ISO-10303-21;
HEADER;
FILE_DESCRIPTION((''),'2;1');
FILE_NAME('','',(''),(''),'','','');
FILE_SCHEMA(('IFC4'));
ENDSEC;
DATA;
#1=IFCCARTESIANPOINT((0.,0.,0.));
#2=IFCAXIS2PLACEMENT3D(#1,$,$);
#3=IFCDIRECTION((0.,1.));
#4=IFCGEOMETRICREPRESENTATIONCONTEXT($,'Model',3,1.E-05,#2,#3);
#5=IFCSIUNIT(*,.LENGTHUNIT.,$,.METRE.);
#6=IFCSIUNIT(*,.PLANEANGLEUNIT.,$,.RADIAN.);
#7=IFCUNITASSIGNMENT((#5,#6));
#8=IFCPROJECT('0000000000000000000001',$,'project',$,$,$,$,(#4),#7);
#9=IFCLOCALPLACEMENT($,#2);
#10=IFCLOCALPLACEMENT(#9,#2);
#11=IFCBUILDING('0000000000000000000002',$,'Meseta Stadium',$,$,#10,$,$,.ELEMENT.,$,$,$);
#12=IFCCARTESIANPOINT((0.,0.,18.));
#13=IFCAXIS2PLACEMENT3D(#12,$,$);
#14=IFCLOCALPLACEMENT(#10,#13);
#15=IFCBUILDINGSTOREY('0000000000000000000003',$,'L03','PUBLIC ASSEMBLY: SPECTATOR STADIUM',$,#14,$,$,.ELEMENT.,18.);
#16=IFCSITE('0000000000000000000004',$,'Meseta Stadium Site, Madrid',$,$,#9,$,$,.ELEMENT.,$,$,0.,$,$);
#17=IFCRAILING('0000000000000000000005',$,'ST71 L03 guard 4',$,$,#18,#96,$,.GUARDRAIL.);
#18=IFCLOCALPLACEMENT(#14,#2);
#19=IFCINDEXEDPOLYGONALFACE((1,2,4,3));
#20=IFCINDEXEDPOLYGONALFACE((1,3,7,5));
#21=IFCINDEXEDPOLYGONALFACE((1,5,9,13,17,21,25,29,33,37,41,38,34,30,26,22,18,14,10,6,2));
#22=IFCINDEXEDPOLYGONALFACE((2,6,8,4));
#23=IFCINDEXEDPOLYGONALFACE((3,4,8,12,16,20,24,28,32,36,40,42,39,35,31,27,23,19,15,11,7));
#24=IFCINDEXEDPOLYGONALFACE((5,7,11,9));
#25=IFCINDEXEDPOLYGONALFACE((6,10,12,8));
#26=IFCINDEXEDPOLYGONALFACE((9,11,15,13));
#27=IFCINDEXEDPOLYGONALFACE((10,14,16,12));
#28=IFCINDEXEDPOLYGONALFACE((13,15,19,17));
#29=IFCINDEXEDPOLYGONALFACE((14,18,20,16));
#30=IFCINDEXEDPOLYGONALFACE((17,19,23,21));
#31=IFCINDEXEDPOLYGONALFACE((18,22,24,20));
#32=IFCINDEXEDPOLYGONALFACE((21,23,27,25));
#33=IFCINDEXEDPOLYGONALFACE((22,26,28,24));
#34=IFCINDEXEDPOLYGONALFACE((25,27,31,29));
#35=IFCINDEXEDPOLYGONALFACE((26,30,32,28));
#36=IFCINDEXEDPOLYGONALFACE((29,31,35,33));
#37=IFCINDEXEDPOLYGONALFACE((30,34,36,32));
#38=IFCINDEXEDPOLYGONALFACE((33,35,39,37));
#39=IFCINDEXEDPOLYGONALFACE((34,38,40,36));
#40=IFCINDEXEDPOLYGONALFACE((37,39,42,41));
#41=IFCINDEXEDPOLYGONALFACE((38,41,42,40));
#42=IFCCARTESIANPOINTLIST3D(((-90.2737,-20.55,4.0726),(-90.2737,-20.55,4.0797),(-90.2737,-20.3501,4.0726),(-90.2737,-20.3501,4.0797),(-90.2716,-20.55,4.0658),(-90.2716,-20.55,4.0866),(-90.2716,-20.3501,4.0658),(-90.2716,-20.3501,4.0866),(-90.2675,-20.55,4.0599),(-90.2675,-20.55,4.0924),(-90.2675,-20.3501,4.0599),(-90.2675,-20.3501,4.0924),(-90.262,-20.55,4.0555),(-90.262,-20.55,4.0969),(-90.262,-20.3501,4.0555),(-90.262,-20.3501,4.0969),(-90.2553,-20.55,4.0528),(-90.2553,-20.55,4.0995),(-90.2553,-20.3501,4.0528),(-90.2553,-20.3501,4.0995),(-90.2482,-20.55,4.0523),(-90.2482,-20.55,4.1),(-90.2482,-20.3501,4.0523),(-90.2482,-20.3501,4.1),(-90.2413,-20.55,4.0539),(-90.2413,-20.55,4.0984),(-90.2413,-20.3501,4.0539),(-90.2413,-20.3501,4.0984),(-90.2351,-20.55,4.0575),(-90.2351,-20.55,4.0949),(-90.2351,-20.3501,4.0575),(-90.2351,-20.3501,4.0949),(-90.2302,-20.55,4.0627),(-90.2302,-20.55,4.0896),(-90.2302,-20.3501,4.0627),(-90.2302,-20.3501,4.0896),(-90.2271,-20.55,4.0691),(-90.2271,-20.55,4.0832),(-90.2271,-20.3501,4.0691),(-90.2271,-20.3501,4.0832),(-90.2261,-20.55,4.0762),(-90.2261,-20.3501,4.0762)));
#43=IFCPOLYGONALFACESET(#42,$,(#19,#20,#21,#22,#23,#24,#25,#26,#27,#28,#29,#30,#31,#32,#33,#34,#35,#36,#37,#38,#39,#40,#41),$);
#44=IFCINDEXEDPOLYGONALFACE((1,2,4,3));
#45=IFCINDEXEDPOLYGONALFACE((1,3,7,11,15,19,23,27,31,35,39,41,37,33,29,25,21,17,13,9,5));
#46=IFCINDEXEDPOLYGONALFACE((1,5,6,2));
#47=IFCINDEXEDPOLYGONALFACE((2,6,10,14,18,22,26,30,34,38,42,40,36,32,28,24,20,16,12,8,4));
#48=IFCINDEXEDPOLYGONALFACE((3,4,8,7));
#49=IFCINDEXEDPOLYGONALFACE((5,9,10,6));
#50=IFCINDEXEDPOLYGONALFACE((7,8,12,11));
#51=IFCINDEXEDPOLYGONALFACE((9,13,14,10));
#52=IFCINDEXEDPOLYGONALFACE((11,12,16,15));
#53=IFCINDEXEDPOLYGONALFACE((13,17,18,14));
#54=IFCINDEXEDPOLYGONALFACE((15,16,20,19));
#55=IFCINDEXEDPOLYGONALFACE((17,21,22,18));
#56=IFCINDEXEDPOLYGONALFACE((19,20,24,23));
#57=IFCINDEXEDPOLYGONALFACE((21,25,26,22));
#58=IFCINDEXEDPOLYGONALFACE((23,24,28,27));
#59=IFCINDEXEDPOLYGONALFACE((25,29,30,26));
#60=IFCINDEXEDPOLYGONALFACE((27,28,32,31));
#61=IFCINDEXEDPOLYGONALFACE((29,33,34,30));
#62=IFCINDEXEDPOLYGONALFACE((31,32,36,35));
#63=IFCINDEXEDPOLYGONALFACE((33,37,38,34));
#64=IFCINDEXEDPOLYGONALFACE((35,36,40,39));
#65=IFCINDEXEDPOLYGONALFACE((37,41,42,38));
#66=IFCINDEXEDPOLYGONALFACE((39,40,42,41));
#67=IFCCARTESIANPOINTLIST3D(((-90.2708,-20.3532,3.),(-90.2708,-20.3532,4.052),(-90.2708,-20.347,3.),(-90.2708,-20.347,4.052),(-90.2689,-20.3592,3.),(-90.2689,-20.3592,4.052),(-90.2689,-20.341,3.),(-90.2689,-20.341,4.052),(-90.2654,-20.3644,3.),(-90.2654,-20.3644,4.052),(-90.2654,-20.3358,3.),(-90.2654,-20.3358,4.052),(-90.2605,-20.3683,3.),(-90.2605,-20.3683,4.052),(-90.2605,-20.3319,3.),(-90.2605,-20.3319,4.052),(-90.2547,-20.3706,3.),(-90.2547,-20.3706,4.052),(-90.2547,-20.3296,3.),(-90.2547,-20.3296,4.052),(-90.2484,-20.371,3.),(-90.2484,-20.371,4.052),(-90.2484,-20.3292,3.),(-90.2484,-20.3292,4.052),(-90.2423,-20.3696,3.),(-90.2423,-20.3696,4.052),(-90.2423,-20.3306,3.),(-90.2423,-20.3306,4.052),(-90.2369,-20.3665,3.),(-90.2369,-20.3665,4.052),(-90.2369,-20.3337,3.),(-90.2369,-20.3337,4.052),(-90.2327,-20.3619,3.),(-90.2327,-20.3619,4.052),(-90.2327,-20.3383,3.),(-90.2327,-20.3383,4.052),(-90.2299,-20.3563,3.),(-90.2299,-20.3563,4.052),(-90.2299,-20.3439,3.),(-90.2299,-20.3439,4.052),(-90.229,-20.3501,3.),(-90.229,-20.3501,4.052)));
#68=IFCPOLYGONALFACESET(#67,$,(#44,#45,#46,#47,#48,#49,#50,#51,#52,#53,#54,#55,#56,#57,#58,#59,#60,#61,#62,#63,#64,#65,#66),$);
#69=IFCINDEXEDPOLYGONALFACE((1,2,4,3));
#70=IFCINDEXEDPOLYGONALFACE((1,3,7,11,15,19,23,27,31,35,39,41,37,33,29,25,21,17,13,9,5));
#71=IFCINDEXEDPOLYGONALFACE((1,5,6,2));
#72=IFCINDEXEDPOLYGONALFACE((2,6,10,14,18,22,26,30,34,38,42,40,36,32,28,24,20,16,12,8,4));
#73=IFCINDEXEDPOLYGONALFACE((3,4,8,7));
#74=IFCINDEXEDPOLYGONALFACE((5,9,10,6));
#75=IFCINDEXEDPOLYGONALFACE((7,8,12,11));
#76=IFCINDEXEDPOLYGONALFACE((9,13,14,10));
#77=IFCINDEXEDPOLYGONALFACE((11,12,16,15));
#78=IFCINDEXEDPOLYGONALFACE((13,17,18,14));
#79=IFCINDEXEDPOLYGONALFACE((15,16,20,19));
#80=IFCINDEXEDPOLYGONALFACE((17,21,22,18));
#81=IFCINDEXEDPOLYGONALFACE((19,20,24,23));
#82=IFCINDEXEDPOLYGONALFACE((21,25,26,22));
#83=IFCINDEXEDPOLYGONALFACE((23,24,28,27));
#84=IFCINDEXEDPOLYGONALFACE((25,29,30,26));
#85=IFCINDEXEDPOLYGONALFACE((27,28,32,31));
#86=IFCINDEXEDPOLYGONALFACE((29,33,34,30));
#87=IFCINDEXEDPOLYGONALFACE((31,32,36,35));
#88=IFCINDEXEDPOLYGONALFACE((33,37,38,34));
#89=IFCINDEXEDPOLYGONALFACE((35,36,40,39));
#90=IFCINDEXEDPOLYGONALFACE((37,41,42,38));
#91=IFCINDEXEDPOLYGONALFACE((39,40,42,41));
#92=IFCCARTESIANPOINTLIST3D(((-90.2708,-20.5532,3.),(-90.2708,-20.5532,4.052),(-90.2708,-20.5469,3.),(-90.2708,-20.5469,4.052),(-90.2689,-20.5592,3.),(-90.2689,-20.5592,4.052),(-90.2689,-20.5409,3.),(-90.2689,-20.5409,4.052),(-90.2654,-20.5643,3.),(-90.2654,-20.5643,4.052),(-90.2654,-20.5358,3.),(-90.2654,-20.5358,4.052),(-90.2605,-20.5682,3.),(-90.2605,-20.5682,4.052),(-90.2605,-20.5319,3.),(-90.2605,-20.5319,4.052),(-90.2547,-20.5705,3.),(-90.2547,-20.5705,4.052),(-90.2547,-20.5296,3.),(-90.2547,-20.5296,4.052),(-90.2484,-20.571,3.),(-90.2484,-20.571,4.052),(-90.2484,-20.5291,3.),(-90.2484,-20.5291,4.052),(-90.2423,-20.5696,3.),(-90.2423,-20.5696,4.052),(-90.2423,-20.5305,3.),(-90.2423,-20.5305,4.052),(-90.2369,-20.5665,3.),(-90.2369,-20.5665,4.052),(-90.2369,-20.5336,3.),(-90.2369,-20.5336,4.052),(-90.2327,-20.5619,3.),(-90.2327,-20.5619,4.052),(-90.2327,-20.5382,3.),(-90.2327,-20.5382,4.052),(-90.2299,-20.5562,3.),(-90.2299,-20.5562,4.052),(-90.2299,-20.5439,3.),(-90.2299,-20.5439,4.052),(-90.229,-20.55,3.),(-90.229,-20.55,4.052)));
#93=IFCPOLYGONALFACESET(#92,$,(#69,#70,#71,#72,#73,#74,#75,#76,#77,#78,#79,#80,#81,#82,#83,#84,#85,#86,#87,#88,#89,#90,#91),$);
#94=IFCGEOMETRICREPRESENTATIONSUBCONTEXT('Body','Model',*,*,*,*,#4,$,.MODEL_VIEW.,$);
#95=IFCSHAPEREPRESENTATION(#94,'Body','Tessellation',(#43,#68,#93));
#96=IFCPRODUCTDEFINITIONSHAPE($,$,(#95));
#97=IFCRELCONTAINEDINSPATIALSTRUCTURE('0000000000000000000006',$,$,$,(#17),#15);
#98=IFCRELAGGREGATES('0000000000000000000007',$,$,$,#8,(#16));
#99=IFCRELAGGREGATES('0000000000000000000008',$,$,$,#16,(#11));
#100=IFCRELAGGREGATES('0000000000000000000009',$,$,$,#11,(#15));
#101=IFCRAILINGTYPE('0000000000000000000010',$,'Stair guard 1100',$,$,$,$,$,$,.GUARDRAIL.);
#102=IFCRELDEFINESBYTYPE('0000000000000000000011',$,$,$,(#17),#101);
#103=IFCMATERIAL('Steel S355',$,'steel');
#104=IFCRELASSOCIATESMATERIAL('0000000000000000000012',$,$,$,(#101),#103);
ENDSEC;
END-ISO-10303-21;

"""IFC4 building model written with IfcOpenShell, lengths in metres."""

from ifc_helpers import new_model, si_unit, direction, frame, origin, origin_2d, place, context, subcontext, project, spatial, circle, extrude, material, type_object, element, save


model = new_model("IFC4")

# Units and contexts
model_context = context("Model", 3, precision=1e-05, world=origin(), true_north=direction((0.0, 1.0)))
body_context = subcontext(model_context, "Body", "Model", "MODEL_VIEW")
ifc_project = project(units=[si_unit("LENGTHUNIT", "METRE"), si_unit("PLANEANGLEUNIT", "RADIAN")], contexts=[model_context])

# Site, building, storey
site_placement = place(None, origin())
site = spatial("IfcSite", under=ifc_project, at=site_placement, Name="Meseta Stadium Site, Madrid", CompositionType="ELEMENT", RefElevation=0.0)
building_placement = place(site_placement, origin())
building = spatial("IfcBuilding", under=site, at=building_placement, Name="Meseta Stadium", CompositionType="ELEMENT")
storey_placement = place(building_placement, frame((0.0, 0.0, 18.0)))
storey = spatial("IfcBuildingStorey", under=building, at=storey_placement, Name="L03", Description="PUBLIC ASSEMBLY: SPECTATOR STADIUM", CompositionType="ELEMENT", Elevation=18.0)

# Railing
ifc_material_1 = material(Name="Steel S355", Category="steel")
railing_type_1 = type_object("IfcRailingType", Name="Stair guard 1100", PredefinedType="GUARDRAIL", material=ifc_material_1)
railing_1_placement = place(storey_placement, frame((-90.25, -20.3501, 3.0)))
element("IfcRailing", 1, at=railing_1_placement, inside=storey, type_object=railing_type_1, Name="ST71 L03 guard 4", PredefinedType="GUARDRAIL", context=body_context, shape_type="SweptSolid", body=[
    extrude(circle(Radius=0.0239, at=origin_2d()), frame((0.0, 0.0, 1.0762), z_axis=(0.0, -1.0, 0.0), x_axis=(1.0, 0.0, 0.0)), (0.0, 0.0, 1.0), 0.2),
    extrude(circle(Radius=0.021, at=origin_2d()), origin(), (0.0, 0.0, 1.0), 1.052),
    extrude(circle(Radius=0.021, at=origin_2d()), frame((0.0, -0.2, 0.0)), (0.0, 0.0, 1.0), 1.052),
])

save(model, "model.ifc")
